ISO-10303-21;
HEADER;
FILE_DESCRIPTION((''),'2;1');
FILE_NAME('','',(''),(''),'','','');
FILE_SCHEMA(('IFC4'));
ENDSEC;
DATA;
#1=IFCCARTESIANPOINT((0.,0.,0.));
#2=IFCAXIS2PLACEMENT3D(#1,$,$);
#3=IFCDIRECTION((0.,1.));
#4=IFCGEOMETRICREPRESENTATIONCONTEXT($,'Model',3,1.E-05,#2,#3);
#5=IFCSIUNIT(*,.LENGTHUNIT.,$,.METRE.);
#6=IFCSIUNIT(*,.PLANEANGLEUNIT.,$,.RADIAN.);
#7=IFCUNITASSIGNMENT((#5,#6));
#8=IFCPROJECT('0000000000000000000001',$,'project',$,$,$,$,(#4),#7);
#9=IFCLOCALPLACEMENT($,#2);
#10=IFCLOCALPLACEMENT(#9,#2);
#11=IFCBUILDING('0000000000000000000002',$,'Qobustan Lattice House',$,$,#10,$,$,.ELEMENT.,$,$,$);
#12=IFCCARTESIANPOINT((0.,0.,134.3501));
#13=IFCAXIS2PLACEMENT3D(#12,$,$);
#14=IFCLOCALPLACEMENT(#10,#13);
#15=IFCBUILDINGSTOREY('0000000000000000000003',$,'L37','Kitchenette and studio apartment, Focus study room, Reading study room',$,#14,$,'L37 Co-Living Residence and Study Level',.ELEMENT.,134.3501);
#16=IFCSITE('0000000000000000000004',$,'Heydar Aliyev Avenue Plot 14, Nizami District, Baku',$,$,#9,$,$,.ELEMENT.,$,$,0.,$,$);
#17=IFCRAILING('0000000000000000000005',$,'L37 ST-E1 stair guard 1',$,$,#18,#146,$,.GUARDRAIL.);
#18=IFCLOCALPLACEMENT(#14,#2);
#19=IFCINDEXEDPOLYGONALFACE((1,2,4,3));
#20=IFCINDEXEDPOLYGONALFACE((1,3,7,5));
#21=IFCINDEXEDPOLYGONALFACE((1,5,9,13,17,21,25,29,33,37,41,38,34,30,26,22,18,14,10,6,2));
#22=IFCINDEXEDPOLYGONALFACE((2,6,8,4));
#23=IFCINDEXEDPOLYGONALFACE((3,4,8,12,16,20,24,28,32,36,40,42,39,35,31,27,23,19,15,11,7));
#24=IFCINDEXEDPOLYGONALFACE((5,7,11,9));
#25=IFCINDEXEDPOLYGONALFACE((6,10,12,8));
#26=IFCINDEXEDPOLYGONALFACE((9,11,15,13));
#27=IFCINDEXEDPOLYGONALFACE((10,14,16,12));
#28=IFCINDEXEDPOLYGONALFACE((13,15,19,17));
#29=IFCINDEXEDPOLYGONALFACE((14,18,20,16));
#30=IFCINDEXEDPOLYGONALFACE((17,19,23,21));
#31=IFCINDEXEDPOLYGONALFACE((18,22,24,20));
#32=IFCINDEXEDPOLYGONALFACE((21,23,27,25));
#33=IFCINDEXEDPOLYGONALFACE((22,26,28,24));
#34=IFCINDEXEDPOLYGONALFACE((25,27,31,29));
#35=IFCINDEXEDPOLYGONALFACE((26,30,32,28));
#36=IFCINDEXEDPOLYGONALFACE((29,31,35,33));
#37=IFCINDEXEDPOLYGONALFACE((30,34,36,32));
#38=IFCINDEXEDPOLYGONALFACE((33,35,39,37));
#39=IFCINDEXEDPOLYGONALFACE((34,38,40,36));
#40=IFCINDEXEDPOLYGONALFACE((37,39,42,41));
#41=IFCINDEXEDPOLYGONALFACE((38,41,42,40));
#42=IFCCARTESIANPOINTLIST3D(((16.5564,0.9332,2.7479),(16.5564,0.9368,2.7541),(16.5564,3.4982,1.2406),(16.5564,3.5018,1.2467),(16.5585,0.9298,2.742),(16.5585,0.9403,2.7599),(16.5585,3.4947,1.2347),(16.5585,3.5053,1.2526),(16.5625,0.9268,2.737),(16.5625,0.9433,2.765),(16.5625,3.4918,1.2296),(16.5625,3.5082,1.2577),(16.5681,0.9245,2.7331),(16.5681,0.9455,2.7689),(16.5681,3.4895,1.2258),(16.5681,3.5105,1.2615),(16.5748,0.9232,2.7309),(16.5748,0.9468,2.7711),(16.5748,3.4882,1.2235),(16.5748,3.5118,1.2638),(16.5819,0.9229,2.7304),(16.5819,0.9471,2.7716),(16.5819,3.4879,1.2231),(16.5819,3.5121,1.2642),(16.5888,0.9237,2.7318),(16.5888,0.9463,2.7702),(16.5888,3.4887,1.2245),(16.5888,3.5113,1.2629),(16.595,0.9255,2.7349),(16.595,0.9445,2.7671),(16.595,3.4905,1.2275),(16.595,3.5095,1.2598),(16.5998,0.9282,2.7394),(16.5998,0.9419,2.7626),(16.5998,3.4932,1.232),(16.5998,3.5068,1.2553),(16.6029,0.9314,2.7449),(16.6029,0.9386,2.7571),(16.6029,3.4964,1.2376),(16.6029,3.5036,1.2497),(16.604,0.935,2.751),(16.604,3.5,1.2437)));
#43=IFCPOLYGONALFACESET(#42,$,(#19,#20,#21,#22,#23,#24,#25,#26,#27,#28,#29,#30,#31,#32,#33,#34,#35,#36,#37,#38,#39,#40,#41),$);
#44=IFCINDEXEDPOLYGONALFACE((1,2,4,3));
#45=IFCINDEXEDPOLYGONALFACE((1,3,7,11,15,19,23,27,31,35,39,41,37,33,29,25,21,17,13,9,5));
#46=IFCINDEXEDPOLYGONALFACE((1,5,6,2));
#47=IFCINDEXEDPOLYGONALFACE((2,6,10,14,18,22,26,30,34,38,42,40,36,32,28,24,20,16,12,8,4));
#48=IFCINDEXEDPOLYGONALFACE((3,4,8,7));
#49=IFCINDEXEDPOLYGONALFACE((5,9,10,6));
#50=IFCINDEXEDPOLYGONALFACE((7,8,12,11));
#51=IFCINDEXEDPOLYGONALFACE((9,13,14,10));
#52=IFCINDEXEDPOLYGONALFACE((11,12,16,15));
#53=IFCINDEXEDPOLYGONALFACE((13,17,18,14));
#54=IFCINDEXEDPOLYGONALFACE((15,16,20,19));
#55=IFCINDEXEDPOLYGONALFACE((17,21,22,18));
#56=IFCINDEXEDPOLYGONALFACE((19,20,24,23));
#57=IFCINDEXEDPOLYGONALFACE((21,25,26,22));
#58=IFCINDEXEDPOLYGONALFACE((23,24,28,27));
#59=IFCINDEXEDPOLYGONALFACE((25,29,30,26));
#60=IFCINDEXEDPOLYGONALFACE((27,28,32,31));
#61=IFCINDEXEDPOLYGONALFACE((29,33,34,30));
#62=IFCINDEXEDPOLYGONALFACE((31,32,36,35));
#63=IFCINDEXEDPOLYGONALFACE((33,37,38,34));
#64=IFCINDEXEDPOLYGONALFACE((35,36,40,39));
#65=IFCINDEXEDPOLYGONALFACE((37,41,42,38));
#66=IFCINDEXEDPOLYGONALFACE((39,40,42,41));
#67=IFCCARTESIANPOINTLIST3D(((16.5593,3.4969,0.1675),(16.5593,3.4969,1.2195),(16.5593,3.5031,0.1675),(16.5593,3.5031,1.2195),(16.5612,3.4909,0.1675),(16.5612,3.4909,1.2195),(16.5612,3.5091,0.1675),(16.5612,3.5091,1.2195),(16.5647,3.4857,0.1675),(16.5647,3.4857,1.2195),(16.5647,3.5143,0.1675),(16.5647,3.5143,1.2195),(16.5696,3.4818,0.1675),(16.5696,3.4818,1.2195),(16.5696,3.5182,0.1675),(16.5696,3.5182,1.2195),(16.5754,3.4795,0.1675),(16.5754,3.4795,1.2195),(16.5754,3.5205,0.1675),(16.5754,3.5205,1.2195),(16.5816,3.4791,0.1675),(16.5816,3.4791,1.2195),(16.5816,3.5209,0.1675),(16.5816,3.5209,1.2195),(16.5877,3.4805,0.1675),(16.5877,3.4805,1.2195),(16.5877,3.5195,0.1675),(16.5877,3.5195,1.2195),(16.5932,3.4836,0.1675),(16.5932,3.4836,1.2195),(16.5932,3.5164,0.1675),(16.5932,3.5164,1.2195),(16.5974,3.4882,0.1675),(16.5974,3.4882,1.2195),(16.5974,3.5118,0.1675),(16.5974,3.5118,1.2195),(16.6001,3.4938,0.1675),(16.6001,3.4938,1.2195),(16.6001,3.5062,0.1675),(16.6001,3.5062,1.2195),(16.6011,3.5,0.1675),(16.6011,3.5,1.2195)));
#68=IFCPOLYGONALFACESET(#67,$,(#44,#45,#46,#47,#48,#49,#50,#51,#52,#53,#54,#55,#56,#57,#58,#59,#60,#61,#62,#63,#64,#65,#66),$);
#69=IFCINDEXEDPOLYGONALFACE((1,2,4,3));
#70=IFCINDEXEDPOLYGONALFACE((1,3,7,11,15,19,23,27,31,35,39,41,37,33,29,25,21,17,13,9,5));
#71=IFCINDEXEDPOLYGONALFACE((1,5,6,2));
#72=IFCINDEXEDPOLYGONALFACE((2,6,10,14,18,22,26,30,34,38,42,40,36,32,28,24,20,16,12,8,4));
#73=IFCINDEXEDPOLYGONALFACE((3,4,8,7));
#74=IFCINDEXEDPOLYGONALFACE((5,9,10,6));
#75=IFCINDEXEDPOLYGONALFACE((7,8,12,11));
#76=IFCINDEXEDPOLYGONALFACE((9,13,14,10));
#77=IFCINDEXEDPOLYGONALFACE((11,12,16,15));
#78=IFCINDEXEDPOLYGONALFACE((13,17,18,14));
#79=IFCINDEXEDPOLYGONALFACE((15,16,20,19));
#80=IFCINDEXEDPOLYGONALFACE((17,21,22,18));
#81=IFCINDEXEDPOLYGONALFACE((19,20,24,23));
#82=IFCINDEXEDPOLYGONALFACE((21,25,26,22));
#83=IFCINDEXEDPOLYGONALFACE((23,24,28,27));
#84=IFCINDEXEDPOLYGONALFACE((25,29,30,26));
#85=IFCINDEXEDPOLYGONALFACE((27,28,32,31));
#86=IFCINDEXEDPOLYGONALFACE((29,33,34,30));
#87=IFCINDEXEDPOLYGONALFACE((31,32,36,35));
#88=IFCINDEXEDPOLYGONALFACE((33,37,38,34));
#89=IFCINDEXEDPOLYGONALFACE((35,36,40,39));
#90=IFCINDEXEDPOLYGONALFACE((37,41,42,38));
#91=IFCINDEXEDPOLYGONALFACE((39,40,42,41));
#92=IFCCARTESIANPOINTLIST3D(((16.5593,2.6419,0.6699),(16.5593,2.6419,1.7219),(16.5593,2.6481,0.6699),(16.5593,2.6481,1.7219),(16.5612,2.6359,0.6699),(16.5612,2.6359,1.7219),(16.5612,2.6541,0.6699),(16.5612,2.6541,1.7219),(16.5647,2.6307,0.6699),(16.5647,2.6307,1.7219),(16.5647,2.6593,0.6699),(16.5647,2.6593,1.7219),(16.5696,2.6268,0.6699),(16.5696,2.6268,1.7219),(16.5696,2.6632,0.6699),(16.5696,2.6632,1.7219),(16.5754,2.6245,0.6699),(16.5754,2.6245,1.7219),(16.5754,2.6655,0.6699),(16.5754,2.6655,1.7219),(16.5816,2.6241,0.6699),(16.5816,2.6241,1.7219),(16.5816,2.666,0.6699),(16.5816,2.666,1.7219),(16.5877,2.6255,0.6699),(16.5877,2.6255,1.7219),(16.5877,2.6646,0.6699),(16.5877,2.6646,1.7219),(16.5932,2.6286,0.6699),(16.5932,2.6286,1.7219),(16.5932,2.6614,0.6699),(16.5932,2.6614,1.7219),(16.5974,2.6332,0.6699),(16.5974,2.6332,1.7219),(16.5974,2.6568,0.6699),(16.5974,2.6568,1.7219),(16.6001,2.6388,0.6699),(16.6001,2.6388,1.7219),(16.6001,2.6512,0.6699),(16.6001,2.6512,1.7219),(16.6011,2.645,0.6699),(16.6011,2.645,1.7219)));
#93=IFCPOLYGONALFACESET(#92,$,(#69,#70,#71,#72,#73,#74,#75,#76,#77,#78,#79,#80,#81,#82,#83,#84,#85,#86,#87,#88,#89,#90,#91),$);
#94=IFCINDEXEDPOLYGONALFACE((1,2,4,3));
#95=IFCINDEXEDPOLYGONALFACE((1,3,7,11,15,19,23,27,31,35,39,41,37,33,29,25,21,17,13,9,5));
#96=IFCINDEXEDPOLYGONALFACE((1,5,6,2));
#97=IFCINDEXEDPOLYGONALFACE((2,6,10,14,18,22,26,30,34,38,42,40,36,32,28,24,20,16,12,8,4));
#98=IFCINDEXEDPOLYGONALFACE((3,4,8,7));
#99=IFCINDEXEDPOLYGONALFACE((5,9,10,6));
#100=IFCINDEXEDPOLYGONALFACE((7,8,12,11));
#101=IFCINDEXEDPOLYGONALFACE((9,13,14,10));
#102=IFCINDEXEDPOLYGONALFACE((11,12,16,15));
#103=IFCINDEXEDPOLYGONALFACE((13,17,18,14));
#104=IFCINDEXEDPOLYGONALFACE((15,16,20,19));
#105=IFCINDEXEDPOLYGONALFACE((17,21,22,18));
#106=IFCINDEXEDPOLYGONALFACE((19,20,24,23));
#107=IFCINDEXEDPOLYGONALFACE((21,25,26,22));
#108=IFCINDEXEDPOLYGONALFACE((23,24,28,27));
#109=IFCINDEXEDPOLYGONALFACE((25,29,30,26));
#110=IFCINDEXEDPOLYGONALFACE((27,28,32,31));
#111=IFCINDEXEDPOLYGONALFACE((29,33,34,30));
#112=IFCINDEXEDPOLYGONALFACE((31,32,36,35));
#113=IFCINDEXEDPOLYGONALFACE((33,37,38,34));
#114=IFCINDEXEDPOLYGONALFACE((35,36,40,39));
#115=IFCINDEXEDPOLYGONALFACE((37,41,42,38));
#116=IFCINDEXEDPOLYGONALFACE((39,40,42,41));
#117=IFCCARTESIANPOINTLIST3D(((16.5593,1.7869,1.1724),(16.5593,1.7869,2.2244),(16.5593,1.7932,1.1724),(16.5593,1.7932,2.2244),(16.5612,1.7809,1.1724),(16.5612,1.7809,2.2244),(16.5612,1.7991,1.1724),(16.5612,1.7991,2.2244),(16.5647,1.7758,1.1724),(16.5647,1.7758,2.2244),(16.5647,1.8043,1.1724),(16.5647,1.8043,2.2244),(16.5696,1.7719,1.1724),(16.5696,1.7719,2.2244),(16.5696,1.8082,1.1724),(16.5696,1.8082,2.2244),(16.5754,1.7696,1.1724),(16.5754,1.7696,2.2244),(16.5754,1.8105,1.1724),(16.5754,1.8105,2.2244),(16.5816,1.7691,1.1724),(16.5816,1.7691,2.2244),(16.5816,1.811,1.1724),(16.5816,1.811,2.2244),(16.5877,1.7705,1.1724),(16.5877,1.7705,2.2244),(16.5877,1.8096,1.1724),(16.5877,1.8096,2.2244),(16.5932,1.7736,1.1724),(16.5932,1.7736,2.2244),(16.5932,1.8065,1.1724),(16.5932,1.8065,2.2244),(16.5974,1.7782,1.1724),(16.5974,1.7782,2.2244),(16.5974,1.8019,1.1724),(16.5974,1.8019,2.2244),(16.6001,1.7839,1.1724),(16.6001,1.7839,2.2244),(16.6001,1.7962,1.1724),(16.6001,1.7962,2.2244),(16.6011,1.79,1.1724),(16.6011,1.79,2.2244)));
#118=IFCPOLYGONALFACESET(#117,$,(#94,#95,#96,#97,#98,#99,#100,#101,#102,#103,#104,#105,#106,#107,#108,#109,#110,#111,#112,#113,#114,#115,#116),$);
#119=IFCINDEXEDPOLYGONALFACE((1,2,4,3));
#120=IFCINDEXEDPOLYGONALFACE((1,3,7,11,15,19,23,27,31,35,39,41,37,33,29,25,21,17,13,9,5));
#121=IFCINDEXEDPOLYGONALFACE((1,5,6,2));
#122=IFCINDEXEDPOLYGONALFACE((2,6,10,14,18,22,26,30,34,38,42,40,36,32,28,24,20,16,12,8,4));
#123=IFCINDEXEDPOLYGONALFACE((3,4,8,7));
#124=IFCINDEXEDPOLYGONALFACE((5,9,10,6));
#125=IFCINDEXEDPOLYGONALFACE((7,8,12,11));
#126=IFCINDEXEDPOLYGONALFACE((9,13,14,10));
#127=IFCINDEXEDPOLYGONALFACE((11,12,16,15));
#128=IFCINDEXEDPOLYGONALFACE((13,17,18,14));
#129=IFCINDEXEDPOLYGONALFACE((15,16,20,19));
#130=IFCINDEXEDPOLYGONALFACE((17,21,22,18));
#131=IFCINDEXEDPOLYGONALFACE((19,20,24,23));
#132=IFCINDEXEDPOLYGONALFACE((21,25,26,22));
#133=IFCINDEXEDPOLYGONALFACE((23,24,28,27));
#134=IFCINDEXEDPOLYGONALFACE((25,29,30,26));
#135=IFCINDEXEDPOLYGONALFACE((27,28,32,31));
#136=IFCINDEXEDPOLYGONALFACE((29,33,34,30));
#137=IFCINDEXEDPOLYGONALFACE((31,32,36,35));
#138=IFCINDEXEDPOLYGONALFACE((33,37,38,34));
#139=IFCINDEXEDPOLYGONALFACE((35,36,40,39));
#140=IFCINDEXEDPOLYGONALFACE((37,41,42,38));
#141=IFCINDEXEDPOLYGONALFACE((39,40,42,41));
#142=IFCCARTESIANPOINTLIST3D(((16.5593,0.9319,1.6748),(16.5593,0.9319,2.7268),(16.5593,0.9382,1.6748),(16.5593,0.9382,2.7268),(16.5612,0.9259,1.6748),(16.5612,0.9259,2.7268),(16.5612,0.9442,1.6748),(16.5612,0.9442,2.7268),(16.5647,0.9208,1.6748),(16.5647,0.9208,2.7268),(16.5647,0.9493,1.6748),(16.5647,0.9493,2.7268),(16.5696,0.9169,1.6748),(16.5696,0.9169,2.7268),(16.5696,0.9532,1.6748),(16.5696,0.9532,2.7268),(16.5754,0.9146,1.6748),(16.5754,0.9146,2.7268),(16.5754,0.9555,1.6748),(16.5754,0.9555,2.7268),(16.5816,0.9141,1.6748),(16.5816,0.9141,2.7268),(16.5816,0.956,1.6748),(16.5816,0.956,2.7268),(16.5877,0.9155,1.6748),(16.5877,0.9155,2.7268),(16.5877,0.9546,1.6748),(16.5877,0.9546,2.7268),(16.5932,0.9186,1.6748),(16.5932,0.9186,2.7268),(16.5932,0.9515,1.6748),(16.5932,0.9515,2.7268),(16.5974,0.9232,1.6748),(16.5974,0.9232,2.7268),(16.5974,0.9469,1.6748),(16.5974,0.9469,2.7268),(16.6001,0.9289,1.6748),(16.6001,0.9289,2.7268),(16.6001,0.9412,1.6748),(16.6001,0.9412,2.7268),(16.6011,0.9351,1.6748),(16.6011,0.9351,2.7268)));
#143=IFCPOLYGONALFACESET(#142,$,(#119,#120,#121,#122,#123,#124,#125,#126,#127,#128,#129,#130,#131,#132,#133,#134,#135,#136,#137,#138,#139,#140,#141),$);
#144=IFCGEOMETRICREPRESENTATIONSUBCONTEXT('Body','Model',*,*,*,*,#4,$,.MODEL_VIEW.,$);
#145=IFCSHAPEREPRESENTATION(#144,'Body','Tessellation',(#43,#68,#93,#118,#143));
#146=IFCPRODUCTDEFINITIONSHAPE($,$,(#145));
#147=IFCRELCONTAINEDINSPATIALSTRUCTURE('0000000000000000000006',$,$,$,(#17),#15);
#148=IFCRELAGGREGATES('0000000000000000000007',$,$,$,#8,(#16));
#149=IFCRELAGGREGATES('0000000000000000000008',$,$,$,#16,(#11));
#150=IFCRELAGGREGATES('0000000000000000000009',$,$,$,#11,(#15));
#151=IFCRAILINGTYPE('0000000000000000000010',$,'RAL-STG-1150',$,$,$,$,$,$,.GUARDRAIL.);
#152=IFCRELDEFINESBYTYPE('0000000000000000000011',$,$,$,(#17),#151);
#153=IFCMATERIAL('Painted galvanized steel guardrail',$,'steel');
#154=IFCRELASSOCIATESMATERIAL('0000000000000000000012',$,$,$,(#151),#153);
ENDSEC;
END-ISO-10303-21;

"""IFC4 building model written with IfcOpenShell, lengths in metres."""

from ifc_helpers import new_model, si_unit, direction, frame, origin, origin_2d, place, context, subcontext, project, spatial, circle, extrude, material, type_object, element, save


model = new_model("IFC4")

# Units and contexts
model_context = context("Model", 3, precision=1e-05, world=origin(), true_north=direction((0.0, 1.0)))
body_context = subcontext(model_context, "Body", "Model", "MODEL_VIEW")
ifc_project = project(units=[si_unit("LENGTHUNIT", "METRE"), si_unit("PLANEANGLEUNIT", "RADIAN")], contexts=[model_context])

# Site, building, storey
site_placement = place(None, origin())
site = spatial("IfcSite", under=ifc_project, at=site_placement, Name="Heydar Aliyev Avenue Plot 14, Nizami District, Baku", CompositionType="ELEMENT", RefElevation=0.0)
building_placement = place(site_placement, origin())
building = spatial("IfcBuilding", under=site, at=building_placement, Name="Qobustan Lattice House", CompositionType="ELEMENT")
storey_placement = place(building_placement, frame((0.0, 0.0, 134.3501)))
storey = spatial("IfcBuildingStorey", under=building, at=storey_placement, Name="L37", Description="Kitchenette and studio apartment, Focus study room, Reading study room", LongName="L37 Co-Living Residence and Study Level", CompositionType="ELEMENT", Elevation=134.3501)

# Railing
ifc_material_1 = material(Name="Painted galvanized steel guardrail", Category="steel")
railing_type_1 = type_object("IfcRailingType", Name="RAL-STG-1150", PredefinedType="GUARDRAIL", material=ifc_material_1)
railing_1_placement = place(storey_placement, frame((16.5801, 3.5, 0.1675)))
element("IfcRailing", 1, at=railing_1_placement, inside=storey, type_object=railing_type_1, Name="L37 ST-E1 stair guard 1", PredefinedType="GUARDRAIL", context=body_context, shape_type="SweptSolid", body=[
    extrude(circle(Radius=0.0239, at=origin_2d()), frame((0.0, 0.0, 1.0762), z_axis=(0.0, -0.862149, 0.506654), x_axis=(1.0, 0.0, 0.0)), (0.0, 0.0, 1.0), 2.9751),
    extrude(circle(Radius=0.021, at=origin_2d()), origin(), (0.0, 0.0, 1.0), 1.052),
    extrude(circle(Radius=0.021, at=origin_2d()), frame((0.0, -0.855, 0.5024)), (0.0, 0.0, 1.0), 1.052),
    extrude(circle(Radius=0.021, at=origin_2d()), frame((0.0, -1.71, 1.0049)), (0.0, 0.0, 1.0), 1.052),
    extrude(circle(Radius=0.021, at=origin_2d()), frame((0.0, -2.5649, 1.5073)), (0.0, 0.0, 1.0), 1.052),
])

save(model, "model.ifc")
